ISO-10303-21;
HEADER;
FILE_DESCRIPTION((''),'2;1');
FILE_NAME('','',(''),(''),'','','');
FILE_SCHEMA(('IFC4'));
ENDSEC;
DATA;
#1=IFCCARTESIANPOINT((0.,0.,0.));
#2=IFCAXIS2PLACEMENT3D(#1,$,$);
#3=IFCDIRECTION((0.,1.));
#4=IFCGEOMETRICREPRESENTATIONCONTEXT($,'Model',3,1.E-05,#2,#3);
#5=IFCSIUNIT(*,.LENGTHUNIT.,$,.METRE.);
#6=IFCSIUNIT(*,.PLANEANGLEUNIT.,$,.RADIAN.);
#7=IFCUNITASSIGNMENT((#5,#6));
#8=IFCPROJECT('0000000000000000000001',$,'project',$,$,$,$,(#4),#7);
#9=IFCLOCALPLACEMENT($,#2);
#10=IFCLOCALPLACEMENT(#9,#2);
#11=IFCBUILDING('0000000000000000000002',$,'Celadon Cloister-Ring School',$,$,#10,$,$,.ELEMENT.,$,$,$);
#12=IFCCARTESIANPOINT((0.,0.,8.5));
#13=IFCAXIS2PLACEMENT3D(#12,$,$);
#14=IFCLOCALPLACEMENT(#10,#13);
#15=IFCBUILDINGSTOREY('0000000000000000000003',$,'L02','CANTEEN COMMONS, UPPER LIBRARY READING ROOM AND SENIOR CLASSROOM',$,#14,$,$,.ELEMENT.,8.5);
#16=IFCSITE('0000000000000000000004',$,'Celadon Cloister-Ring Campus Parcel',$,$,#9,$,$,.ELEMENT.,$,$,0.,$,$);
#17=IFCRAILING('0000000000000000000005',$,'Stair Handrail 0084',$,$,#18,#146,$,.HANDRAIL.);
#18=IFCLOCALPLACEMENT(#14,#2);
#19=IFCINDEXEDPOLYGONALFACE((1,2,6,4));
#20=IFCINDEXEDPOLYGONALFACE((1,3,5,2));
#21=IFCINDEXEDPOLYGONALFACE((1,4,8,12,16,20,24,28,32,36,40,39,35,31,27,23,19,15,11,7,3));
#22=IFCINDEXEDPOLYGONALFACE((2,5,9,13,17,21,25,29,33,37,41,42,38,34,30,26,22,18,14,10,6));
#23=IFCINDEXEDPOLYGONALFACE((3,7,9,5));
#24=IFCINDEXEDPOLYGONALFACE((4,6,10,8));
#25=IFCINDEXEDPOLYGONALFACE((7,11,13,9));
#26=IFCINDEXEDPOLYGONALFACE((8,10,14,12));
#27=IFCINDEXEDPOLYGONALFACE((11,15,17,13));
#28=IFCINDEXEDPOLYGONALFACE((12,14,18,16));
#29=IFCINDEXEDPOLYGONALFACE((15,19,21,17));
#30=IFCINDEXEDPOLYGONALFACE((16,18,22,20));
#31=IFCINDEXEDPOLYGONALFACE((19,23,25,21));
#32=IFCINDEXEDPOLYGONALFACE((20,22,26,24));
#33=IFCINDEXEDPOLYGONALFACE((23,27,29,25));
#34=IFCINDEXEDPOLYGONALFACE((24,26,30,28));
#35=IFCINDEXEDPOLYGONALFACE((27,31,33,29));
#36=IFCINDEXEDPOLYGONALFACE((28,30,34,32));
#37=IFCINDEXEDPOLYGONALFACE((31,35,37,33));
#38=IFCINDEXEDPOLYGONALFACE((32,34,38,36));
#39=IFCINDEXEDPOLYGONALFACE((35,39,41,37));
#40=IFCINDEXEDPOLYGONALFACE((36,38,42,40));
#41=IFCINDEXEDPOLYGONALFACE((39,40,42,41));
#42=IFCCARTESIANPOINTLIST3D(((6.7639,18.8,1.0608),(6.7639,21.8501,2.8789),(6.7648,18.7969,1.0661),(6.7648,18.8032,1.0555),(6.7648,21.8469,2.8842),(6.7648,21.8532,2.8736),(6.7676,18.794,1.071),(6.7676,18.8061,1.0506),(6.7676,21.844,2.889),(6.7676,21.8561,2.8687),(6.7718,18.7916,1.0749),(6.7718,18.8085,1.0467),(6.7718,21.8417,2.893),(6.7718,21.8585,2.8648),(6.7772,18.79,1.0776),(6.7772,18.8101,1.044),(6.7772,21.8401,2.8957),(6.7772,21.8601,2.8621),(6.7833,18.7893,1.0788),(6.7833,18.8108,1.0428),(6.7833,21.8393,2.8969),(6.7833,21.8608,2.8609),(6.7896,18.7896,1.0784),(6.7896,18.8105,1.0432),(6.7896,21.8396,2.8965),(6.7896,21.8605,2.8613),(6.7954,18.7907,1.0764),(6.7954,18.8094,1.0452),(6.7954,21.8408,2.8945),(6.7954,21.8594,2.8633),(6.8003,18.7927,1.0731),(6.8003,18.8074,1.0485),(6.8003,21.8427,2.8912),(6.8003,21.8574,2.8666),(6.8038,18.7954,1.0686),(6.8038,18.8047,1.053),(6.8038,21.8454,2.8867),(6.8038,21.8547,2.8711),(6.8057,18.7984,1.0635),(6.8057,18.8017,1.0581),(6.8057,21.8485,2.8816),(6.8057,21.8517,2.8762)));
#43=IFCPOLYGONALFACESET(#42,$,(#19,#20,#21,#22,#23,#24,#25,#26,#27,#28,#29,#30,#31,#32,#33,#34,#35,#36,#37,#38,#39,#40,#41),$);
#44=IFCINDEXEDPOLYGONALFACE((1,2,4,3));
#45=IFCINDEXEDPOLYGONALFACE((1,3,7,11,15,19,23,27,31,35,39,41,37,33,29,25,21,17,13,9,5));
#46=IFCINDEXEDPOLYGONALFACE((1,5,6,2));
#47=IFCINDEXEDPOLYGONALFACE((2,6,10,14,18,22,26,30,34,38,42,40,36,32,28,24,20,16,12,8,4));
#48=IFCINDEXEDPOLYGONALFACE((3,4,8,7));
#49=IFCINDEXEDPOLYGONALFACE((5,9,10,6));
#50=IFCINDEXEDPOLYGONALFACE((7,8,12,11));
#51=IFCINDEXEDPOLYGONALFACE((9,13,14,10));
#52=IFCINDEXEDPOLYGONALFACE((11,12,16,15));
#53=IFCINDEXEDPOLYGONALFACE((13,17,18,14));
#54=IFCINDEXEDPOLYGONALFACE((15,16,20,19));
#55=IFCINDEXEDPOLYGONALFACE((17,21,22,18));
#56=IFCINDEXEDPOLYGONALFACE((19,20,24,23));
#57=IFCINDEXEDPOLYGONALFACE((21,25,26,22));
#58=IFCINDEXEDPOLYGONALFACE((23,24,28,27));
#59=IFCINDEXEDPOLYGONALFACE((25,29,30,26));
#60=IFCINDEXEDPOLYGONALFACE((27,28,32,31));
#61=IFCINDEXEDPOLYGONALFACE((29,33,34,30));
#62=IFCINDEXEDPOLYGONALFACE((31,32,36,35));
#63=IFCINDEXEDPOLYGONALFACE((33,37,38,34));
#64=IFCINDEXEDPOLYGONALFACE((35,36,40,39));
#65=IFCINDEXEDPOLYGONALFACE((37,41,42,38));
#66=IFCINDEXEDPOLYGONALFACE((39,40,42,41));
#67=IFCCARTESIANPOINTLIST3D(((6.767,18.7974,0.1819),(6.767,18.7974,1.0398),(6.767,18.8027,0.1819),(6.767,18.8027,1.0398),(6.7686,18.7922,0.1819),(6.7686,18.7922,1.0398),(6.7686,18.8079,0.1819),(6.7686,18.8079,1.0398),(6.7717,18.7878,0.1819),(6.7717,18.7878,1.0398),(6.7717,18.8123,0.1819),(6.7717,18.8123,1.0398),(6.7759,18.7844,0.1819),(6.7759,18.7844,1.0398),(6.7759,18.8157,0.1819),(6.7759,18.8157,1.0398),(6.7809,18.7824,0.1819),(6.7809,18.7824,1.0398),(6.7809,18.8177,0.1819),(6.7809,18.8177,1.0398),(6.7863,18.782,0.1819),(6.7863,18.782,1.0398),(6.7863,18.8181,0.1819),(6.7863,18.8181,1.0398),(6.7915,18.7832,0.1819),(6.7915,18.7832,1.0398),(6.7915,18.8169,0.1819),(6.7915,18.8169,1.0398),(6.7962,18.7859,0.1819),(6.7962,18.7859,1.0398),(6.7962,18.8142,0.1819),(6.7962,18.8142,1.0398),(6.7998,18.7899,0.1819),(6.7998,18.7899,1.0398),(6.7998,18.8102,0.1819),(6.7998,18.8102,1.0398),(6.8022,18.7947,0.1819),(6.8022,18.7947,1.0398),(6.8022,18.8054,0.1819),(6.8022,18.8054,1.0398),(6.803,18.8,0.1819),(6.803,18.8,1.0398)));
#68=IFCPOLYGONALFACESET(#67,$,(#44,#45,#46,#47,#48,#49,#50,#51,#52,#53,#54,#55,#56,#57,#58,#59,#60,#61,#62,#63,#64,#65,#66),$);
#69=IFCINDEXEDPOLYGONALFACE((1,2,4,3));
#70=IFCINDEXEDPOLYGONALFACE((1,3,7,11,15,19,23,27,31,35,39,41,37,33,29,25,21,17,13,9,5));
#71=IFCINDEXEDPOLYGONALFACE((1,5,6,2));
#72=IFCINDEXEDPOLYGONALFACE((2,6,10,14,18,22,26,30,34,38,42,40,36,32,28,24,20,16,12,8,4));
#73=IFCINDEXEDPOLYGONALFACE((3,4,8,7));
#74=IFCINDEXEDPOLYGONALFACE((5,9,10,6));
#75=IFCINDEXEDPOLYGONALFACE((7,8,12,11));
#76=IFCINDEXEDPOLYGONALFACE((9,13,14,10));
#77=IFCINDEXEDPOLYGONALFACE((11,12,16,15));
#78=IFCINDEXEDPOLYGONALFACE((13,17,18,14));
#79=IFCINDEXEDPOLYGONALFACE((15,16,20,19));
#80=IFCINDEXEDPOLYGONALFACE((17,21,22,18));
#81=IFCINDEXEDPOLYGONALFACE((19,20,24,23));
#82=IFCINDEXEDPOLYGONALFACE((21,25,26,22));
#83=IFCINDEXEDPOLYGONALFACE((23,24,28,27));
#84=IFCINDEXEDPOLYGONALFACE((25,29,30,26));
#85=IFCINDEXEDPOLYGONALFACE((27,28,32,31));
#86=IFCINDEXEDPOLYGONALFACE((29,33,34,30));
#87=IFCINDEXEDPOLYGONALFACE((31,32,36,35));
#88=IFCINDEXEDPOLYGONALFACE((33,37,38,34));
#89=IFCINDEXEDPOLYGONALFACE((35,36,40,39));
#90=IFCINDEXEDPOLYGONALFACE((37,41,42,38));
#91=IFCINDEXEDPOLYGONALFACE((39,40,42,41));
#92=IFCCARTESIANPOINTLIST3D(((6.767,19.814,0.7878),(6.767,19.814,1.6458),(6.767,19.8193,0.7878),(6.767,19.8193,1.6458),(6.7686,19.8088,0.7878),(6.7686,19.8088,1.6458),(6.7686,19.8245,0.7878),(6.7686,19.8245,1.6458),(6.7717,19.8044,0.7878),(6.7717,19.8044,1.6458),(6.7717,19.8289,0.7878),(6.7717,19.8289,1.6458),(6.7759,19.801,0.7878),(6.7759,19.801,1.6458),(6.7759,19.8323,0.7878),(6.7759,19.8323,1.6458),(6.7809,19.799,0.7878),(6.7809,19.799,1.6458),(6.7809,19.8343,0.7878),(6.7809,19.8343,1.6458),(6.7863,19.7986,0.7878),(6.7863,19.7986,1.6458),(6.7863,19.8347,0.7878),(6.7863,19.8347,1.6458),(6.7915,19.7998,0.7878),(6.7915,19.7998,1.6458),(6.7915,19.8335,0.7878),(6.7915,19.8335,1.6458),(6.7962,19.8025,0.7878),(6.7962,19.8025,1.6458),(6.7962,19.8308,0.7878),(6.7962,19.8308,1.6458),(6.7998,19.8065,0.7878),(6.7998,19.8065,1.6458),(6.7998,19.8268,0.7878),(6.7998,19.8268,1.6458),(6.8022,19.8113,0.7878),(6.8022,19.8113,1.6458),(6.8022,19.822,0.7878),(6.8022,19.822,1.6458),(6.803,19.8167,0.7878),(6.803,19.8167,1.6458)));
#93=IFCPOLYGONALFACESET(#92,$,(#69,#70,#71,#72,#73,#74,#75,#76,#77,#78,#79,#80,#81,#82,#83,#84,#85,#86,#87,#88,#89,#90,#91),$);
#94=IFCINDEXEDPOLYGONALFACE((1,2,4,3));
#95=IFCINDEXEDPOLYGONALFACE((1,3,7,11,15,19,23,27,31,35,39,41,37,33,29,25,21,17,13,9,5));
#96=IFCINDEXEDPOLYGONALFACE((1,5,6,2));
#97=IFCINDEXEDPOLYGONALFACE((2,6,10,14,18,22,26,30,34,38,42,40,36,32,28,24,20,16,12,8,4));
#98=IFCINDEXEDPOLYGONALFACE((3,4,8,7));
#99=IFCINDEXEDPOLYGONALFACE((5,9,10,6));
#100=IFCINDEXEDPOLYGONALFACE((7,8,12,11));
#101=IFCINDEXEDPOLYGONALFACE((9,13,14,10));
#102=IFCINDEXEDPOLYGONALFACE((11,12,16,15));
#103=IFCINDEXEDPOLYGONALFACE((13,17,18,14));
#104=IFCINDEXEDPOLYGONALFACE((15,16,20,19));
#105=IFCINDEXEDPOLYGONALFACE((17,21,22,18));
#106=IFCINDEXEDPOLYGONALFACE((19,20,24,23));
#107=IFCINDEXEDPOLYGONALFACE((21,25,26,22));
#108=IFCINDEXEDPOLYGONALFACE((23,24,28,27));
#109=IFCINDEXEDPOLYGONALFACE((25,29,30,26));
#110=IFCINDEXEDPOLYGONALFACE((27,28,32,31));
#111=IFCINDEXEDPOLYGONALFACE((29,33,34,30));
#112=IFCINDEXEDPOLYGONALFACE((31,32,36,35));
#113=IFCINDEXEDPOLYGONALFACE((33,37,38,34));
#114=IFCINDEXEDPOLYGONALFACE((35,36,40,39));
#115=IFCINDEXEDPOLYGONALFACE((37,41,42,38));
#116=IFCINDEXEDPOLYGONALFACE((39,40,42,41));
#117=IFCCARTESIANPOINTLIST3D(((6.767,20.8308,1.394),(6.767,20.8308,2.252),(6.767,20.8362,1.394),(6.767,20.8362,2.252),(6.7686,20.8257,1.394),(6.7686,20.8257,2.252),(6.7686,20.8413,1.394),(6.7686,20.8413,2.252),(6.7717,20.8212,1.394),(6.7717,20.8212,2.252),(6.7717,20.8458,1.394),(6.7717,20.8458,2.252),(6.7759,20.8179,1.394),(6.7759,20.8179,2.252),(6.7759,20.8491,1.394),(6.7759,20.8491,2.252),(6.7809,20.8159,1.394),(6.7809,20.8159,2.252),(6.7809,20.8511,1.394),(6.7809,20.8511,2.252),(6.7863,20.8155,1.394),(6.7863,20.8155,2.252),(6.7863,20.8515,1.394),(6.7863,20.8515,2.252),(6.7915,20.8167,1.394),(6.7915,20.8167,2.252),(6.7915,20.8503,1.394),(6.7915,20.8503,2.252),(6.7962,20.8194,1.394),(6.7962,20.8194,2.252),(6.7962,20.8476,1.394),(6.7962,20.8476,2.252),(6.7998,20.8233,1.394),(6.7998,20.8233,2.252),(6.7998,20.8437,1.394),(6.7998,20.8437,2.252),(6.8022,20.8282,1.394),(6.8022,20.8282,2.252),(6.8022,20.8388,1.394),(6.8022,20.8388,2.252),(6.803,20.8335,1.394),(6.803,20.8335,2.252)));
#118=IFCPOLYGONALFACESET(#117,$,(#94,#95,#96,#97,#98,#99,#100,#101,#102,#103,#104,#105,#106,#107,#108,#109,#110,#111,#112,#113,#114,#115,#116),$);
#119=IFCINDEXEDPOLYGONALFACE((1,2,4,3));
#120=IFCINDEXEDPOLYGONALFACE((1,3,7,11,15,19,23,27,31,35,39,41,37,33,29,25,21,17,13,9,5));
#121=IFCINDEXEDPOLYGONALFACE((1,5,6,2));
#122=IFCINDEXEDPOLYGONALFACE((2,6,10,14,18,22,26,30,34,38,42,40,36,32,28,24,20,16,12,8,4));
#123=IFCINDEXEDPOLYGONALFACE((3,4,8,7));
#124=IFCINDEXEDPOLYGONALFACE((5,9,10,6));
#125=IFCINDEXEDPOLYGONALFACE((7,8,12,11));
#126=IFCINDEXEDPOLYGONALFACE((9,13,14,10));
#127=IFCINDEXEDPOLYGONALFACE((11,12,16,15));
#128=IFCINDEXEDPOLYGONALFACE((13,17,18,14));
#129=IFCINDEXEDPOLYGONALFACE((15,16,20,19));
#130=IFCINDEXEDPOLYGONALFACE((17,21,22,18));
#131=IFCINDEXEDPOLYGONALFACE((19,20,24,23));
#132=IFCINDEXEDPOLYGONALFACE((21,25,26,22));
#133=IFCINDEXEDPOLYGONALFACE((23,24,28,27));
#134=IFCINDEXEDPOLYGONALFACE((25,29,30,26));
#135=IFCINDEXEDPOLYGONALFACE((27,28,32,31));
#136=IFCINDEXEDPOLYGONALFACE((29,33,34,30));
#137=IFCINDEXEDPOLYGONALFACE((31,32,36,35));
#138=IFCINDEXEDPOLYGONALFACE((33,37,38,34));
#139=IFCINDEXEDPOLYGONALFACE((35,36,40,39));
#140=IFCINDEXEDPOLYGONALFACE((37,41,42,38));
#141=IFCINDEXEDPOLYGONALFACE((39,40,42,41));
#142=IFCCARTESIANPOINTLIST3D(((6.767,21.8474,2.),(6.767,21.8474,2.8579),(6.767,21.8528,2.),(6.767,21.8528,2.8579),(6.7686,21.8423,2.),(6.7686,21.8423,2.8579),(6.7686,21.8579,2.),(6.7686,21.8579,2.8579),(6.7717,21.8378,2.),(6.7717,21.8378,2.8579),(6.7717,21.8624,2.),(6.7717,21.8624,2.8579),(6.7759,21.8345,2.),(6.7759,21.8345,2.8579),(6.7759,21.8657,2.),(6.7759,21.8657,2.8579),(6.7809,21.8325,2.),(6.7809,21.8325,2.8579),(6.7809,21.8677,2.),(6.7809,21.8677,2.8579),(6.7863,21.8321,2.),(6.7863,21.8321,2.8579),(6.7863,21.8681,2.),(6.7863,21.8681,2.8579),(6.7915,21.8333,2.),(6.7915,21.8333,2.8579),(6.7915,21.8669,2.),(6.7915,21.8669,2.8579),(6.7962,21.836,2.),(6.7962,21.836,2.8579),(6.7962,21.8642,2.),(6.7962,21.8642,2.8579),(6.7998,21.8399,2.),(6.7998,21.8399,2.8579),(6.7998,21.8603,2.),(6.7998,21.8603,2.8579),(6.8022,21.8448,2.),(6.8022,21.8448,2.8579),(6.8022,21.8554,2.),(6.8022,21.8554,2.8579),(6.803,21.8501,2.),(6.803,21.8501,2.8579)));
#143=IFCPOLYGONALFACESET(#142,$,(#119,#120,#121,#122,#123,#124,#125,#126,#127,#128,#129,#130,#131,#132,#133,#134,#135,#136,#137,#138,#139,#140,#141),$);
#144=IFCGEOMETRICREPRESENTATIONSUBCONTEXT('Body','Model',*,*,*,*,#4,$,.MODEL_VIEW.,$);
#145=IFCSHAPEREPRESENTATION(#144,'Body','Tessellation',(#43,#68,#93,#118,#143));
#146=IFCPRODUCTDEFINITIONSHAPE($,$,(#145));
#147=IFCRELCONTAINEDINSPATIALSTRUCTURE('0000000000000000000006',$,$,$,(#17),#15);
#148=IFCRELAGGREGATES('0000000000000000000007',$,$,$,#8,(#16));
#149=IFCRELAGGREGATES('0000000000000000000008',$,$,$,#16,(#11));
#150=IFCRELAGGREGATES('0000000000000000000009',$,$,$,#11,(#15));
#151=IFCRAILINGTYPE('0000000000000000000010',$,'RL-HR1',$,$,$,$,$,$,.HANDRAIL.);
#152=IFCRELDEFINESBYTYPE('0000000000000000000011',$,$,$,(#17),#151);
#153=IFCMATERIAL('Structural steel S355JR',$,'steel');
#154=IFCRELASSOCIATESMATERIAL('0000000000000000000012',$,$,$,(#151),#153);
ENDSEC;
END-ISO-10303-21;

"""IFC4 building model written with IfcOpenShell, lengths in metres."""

from ifc_helpers import new_model, si_unit, direction, frame, origin, origin_2d, place, context, subcontext, project, spatial, circle, extrude, material, type_object, element, save


model = new_model("IFC4")

# Units and contexts
model_context = context("Model", 3, precision=1e-05, world=origin(), true_north=direction((0.0, 1.0)))
body_context = subcontext(model_context, "Body", "Model", "MODEL_VIEW")
ifc_project = project(units=[si_unit("LENGTHUNIT", "METRE"), si_unit("PLANEANGLEUNIT", "RADIAN")], contexts=[model_context])

# Site, building, storey
site_placement = place(None, origin())
site = spatial("IfcSite", under=ifc_project, at=site_placement, Name="Celadon Cloister-Ring Campus Parcel", CompositionType="ELEMENT", RefElevation=0.0)
building_placement = place(site_placement, origin())
building = spatial("IfcBuilding", under=site, at=building_placement, Name="Celadon Cloister-Ring School", CompositionType="ELEMENT")
storey_placement = place(building_placement, frame((0.0, 0.0, 8.5)))
storey = spatial("IfcBuildingStorey", under=building, at=storey_placement, Name="L02", Description="CANTEEN COMMONS, UPPER LIBRARY READING ROOM AND SENIOR CLASSROOM", CompositionType="ELEMENT", Elevation=8.5)

# Railing
ifc_material_1 = material(Name="Structural steel S355JR", Category="steel")
railing_type_1 = type_object("IfcRailingType", Name="RL-HR1", PredefinedType="HANDRAIL", material=ifc_material_1)
for number, where, name in (
    (1, (6.7849, 18.8, 0.1819), "Stair Handrail 0084"),
):
    element("IfcRailing", number, at=place(storey_placement, frame(where)), inside=storey, type_object=railing_type_1, Name=name, PredefinedType="HANDRAIL", context=body_context, shape_type="SweptSolid", body=[
        extrude(circle(Radius=0.021, at=origin_2d()), frame((0.0, 0.0, 0.8789), z_axis=(0.0, 0.85897, 0.512026), x_axis=(-1.0, 0.0, 0.0)), (0.0, 0.0, 1.0), 3.5508),
        extrude(circle(Radius=0.0181, at=origin_2d()), origin(), (0.0, 0.0, 1.0), 0.8579),
        extrude(circle(Radius=0.0181, at=origin_2d()), frame((0.0, 1.0166, 0.606)), (0.0, 0.0, 1.0), 0.8579),
        extrude(circle(Radius=0.0181, at=origin_2d()), frame((0.0, 2.0334, 1.2122)), (0.0, 0.0, 1.0), 0.8579),
        extrude(circle(Radius=0.0181, at=origin_2d()), frame((0.0, 3.05, 1.8181)), (0.0, 0.0, 1.0), 0.8579),
    ])

save(model, "model.ifc")
